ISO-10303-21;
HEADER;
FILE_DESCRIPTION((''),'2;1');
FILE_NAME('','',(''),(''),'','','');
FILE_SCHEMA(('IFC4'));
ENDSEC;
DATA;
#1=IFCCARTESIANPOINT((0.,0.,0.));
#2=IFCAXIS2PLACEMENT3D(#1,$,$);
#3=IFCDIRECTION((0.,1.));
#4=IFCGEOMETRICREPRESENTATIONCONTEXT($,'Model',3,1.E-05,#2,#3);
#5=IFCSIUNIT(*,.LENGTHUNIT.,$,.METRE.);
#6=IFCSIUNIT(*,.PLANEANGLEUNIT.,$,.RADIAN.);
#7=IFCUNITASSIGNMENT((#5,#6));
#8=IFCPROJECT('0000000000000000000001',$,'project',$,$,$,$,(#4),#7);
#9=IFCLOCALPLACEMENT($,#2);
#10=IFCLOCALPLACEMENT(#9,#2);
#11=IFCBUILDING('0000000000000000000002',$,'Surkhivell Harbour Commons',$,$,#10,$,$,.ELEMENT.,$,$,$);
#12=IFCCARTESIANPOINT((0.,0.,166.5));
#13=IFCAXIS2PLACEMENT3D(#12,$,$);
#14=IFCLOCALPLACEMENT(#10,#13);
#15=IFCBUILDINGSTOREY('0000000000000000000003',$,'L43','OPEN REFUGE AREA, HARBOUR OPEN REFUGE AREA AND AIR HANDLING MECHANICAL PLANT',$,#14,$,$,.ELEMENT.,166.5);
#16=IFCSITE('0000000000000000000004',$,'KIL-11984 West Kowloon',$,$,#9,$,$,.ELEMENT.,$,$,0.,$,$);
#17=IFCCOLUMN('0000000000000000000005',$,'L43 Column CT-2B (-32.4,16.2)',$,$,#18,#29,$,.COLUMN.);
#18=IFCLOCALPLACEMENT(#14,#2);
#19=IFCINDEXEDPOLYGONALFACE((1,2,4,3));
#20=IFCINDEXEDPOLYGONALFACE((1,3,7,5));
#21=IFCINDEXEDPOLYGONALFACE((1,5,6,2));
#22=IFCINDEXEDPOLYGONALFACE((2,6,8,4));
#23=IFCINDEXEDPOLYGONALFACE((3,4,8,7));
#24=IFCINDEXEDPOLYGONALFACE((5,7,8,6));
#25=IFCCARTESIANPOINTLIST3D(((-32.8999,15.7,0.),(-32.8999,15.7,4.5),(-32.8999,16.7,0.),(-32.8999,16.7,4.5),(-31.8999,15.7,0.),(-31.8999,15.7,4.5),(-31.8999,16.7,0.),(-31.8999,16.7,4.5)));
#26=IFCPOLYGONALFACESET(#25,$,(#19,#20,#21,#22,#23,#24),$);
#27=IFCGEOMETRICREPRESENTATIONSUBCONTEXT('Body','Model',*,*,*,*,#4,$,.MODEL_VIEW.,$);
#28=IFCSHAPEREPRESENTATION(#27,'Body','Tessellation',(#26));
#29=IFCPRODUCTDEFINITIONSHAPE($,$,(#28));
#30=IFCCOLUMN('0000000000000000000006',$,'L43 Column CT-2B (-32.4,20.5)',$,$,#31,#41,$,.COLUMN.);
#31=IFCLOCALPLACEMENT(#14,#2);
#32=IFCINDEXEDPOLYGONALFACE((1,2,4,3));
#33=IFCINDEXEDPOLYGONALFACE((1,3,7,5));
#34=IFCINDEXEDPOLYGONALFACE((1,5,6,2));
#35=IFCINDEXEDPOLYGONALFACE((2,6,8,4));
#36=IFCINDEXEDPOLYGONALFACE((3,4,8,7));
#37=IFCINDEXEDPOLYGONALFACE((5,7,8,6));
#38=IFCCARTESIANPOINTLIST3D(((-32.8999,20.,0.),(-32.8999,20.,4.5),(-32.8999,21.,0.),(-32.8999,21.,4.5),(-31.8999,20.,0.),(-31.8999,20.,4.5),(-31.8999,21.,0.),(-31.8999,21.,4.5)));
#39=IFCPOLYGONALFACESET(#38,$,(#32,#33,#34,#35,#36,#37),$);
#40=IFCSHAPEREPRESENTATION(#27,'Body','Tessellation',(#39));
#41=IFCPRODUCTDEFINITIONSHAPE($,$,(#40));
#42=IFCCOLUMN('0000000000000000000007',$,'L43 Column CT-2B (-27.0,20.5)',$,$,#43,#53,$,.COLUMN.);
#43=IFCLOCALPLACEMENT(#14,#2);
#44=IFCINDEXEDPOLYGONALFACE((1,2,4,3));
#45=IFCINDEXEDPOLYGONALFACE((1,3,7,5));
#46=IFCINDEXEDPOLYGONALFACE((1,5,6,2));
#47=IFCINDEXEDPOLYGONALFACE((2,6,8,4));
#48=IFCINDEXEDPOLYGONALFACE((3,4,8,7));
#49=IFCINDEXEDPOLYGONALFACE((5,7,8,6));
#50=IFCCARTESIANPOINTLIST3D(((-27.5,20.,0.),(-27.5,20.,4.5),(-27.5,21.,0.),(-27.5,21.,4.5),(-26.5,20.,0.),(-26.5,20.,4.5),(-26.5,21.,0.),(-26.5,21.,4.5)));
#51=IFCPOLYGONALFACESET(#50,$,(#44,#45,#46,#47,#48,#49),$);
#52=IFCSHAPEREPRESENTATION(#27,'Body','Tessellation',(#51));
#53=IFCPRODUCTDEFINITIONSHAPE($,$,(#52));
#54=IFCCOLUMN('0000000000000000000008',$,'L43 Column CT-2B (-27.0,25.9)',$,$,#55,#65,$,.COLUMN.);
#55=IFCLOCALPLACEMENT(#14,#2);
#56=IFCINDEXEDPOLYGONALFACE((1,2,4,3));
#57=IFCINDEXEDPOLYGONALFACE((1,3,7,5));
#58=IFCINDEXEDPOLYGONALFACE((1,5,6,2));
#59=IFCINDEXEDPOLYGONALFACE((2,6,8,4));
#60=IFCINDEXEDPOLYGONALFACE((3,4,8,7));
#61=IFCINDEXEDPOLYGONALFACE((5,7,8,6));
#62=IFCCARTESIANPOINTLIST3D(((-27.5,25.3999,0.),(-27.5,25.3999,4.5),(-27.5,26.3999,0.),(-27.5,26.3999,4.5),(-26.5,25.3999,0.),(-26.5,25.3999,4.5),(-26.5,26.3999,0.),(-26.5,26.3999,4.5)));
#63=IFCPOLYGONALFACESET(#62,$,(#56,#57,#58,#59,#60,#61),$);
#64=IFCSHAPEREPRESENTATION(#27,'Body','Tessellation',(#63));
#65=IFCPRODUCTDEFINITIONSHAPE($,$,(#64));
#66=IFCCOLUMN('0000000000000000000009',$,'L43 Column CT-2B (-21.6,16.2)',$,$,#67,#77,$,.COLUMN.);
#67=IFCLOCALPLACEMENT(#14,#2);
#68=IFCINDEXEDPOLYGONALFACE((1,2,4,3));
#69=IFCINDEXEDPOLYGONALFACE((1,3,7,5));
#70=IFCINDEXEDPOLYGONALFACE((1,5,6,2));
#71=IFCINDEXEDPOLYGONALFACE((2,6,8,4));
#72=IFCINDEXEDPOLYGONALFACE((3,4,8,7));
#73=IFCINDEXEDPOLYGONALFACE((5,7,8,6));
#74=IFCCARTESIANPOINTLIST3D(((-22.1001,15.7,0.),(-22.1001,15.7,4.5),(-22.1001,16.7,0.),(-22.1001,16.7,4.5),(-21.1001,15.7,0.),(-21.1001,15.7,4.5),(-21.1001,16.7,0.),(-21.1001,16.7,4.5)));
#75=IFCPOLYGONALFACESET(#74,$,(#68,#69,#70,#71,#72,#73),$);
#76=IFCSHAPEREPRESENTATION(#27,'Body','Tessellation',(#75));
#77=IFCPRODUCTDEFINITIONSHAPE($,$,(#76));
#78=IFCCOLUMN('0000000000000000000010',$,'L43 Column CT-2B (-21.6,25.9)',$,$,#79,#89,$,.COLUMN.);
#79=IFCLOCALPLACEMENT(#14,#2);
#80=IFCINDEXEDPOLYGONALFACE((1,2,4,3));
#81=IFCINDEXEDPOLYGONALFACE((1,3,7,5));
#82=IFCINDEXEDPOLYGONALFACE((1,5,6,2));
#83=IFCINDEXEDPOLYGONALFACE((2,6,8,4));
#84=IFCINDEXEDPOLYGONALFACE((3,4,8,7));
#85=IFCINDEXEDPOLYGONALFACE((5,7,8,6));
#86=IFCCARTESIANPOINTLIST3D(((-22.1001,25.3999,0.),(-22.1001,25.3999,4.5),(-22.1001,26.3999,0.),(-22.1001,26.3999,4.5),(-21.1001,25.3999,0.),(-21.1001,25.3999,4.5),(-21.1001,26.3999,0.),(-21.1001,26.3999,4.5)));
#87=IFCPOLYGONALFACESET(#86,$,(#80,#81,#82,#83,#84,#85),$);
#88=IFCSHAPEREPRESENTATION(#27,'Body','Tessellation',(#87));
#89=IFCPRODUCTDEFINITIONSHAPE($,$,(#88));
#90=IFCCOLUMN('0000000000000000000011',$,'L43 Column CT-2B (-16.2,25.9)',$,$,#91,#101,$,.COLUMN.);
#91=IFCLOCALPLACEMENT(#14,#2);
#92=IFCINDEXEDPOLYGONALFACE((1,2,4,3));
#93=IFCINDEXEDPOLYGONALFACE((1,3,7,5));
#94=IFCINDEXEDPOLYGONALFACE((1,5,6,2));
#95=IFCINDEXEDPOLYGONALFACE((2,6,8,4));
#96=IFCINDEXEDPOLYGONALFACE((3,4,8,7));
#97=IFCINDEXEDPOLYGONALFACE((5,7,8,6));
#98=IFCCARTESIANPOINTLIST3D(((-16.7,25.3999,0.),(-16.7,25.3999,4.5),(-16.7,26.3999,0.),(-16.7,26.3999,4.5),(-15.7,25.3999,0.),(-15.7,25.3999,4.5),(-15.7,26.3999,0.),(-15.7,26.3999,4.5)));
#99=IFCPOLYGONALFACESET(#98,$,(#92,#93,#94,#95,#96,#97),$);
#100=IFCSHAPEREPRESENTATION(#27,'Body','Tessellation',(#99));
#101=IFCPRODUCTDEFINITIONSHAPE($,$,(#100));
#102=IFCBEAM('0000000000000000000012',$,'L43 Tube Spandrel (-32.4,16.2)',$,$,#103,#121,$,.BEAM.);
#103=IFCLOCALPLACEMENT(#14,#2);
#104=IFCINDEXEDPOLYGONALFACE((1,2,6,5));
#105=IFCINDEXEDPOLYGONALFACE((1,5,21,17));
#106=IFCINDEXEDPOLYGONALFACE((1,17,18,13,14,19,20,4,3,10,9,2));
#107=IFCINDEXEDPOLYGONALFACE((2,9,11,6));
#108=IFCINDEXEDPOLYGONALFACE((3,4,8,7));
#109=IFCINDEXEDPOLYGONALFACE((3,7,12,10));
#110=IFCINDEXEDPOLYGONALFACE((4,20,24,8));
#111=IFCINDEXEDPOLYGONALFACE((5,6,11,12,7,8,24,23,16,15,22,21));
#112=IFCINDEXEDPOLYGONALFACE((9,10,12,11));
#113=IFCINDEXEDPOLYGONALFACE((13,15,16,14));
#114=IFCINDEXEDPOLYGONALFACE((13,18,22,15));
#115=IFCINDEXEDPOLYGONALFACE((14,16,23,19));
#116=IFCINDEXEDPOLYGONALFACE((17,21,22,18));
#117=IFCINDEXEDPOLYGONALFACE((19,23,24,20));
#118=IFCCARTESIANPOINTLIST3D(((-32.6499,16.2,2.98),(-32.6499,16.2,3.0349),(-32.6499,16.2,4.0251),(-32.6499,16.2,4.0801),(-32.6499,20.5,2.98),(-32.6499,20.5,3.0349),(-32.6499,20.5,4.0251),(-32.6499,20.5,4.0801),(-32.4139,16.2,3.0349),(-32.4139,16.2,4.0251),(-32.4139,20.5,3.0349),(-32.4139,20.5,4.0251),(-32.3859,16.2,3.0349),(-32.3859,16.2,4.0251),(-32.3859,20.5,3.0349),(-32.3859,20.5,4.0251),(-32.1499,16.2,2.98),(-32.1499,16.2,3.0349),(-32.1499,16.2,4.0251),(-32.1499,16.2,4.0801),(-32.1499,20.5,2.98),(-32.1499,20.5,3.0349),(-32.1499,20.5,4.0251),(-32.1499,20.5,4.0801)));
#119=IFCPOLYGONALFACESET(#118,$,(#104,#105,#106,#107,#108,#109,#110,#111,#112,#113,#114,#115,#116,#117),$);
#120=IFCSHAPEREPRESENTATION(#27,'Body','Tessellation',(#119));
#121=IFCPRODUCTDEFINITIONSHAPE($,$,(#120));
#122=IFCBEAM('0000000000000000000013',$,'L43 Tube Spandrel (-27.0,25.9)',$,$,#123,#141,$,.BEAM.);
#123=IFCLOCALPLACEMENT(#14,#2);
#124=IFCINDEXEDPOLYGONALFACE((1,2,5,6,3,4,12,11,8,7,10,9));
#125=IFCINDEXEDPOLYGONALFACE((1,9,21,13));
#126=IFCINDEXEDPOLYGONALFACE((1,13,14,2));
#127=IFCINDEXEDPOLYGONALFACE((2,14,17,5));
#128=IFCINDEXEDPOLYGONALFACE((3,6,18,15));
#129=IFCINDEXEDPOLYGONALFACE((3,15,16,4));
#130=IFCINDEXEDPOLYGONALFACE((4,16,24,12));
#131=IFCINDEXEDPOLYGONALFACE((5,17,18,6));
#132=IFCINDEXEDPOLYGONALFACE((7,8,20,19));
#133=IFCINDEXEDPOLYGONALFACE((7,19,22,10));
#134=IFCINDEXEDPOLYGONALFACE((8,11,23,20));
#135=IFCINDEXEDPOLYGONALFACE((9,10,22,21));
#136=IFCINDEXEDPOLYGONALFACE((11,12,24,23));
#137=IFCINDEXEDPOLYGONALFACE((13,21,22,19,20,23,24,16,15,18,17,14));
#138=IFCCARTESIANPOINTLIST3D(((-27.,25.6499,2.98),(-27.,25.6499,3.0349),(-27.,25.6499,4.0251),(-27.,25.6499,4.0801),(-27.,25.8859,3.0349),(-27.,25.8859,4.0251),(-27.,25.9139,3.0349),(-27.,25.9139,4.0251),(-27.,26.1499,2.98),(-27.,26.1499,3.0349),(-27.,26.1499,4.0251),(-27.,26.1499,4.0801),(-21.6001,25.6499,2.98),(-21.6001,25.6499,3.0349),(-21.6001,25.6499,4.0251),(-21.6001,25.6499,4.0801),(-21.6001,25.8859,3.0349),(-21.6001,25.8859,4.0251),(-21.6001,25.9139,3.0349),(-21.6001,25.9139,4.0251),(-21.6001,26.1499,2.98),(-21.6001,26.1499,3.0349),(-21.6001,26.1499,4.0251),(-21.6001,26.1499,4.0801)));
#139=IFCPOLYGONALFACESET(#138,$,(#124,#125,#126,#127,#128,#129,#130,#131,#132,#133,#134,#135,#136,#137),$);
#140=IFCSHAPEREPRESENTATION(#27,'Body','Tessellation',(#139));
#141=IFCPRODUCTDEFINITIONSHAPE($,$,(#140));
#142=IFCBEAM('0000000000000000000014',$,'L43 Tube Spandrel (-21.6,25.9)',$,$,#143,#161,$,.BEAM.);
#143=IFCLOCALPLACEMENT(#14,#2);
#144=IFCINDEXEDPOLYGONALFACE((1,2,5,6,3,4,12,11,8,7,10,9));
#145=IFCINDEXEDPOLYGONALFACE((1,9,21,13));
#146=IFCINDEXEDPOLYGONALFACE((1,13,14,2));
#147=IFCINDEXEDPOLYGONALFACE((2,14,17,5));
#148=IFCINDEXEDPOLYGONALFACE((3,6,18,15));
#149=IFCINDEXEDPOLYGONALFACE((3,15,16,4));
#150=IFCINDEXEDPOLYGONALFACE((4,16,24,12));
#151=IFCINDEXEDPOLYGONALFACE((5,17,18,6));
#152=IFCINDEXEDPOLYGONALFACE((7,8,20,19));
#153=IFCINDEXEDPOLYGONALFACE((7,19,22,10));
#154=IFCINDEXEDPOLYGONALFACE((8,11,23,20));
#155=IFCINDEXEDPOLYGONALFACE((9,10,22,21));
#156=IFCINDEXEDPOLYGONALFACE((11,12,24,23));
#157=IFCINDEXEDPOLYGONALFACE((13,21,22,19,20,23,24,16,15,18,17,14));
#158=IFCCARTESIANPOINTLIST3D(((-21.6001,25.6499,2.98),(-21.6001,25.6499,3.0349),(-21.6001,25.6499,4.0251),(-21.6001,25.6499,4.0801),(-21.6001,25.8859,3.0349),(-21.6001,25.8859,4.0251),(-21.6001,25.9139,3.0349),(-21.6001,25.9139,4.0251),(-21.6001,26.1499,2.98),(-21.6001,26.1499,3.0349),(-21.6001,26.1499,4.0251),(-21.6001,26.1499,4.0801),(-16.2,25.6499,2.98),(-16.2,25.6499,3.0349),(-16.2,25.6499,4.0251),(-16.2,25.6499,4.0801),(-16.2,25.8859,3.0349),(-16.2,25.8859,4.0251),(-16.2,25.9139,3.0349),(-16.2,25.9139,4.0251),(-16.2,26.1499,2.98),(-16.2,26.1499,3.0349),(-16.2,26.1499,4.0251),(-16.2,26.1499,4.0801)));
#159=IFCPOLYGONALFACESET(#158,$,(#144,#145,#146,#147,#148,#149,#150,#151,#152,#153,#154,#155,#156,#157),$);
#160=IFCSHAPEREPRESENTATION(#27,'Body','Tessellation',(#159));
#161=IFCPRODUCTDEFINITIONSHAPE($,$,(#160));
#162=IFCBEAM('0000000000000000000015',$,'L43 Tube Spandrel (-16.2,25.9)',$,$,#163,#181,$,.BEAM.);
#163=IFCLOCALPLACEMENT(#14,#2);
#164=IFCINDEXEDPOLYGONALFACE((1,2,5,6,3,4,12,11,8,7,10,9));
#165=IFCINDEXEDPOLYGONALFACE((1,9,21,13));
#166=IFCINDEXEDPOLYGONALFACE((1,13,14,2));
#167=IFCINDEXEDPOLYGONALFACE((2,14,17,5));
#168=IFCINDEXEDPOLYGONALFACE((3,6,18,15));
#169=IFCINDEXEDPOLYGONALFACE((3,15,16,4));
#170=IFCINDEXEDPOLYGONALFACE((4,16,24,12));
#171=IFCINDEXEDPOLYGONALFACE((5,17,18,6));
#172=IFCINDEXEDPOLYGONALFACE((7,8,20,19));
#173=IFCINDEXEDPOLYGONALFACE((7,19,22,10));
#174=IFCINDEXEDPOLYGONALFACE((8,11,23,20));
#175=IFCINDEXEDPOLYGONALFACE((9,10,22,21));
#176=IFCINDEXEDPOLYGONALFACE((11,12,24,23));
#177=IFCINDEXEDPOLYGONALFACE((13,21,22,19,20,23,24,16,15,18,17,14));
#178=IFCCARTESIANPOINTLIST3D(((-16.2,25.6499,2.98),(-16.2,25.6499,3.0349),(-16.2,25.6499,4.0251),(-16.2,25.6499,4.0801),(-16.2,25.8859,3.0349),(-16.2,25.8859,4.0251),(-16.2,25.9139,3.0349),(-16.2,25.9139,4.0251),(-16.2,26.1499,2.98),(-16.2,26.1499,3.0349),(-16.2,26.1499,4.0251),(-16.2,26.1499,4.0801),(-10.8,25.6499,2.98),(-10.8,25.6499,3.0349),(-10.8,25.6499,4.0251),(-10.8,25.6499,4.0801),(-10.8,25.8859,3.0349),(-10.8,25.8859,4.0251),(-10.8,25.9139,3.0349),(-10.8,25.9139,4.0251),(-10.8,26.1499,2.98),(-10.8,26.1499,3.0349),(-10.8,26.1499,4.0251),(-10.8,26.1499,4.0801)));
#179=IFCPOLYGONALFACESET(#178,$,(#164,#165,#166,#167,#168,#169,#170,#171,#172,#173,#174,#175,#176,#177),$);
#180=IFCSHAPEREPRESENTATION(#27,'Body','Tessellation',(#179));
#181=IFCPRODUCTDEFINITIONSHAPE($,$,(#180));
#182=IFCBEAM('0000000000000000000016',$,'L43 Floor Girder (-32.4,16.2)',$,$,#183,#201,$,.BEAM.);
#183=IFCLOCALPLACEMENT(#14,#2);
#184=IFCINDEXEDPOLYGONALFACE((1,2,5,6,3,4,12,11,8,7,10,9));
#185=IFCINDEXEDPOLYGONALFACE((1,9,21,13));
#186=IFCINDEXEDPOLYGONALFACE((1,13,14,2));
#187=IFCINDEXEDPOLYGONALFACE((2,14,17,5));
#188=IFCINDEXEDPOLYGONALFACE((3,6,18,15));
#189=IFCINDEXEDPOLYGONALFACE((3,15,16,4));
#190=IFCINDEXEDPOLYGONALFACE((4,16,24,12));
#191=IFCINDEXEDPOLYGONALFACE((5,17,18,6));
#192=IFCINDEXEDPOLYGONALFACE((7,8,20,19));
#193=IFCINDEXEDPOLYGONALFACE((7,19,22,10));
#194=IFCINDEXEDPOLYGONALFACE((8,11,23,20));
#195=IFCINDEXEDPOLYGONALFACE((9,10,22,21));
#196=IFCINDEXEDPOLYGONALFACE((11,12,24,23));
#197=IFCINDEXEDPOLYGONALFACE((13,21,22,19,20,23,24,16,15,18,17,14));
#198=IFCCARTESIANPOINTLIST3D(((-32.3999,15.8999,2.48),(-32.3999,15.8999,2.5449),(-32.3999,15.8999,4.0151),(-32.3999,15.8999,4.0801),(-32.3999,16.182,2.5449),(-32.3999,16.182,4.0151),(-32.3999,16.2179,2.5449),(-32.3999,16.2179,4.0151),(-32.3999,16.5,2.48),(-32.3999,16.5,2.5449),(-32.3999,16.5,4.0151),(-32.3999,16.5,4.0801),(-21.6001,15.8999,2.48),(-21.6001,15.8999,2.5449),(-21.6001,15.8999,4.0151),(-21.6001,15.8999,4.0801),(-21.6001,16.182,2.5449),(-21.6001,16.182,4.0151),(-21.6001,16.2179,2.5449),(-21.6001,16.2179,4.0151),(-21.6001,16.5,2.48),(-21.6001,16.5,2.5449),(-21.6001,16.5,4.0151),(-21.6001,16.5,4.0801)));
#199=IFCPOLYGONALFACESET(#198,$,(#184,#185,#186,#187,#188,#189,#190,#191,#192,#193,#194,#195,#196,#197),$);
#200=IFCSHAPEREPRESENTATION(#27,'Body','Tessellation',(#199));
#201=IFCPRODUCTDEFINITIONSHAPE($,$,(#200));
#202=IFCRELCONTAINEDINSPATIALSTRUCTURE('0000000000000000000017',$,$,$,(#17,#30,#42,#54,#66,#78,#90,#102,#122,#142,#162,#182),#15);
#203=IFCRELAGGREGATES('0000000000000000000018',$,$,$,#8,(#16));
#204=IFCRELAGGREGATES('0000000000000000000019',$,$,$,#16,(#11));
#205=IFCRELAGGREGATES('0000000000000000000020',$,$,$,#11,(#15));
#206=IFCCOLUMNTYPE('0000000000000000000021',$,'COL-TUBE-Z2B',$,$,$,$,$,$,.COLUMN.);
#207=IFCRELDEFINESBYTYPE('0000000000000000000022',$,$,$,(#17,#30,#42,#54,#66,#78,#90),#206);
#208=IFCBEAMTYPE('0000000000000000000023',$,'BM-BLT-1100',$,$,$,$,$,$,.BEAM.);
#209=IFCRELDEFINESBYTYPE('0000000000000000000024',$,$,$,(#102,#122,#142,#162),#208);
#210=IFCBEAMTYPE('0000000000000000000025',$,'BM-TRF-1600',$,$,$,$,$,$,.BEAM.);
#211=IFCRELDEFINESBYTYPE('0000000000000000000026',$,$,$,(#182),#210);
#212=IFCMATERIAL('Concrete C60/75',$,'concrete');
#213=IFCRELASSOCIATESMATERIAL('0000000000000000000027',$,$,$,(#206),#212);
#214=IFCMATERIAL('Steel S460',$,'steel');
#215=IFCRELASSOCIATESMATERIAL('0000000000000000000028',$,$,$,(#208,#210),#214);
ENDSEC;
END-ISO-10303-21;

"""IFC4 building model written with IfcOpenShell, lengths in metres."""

from ifc_helpers import new_model, si_unit, direction, frame, origin, origin_2d, place, context, subcontext, project, spatial, rectangle, i_section, extrude, material, material_profile, profile_set, type_object, element, save


model = new_model("IFC4")

# Units and contexts
model_context = context("Model", 3, precision=1e-05, world=origin(), true_north=direction((0.0, 1.0)))
body_context = subcontext(model_context, "Body", "Model", "MODEL_VIEW")
ifc_project = project(units=[si_unit("LENGTHUNIT", "METRE"), si_unit("PLANEANGLEUNIT", "RADIAN")], contexts=[model_context])

# Site, building, storey
site_placement = place(None, origin())
site = spatial("IfcSite", under=ifc_project, at=site_placement, Name="KIL-11984 West Kowloon", CompositionType="ELEMENT", RefElevation=0.0)
building_placement = place(site_placement, origin())
building = spatial("IfcBuilding", under=site, at=building_placement, Name="Surkhivell Harbour Commons", CompositionType="ELEMENT")
storey_placement = place(building_placement, frame((0.0, 0.0, 166.5)))
storey = spatial("IfcBuildingStorey", under=building, at=storey_placement, Name="L43", Description="OPEN REFUGE AREA, HARBOUR OPEN REFUGE AREA AND AIR HANDLING MECHANICAL PLANT", CompositionType="ELEMENT", Elevation=166.5)

# Columns
ifc_material_1 = material(Name="Concrete C60/75", Category="concrete")
ifc_material_profile_1 = material_profile(ifc_material_1, rectangle(XDim=1.0, YDim=1.0, at=origin_2d()), Name="RC-COL-1000x1000")
ifc_profile_set_1 = profile_set([ifc_material_profile_1], Name="Concrete C60/75")
column_type = type_object("IfcColumnType", Name="COL-TUBE-Z2B", PredefinedType="COLUMN", material=ifc_profile_set_1)
for number, where, z_axis, x_axis, name in (
    (1, (-32.3999, 16.2, 0.0), (0.0, 0.0, 1.0), (1.0, 0.0, 0.0), "L43 Column CT-2B (-32.4,16.2)"),
    (2, (-32.3999, 20.5, 0.0), (0.0, 0.0, 1.0), (1.0, 0.0, 0.0), "L43 Column CT-2B (-32.4,20.5)"),
    (3, (-27.0, 20.5, 0.0), (0.0, 0.0, 1.0), (1.0, 0.0, 0.0), "L43 Column CT-2B (-27.0,20.5)"),
    (4, (-27.0, 25.8999, 0.0), (0.0, 0.0, 1.0), (1.0, 0.0, 0.0), "L43 Column CT-2B (-27.0,25.9)"),
    (5, (-21.6001, 16.2, 0.0), (0.0, 0.0, 1.0), (1.0, 0.0, 0.0), "L43 Column CT-2B (-21.6,16.2)"),
    (6, (-21.6001, 25.8999, 0.0), (0.0, 0.0, 1.0), (1.0, 0.0, 0.0), "L43 Column CT-2B (-21.6,25.9)"),
    (7, (-16.2, 25.8999, 0.0), (0.0, 0.0, 1.0), (1.0, 0.0, 0.0), "L43 Column CT-2B (-16.2,25.9)"),
):
    element("IfcColumn", number, at=place(storey_placement, frame(where, z_axis=z_axis, x_axis=x_axis)), inside=storey, type_object=column_type, Name=name, PredefinedType="COLUMN", context=body_context, shape_type="SweptSolid", body=[
        extrude(rectangle(XDim=1.0, YDim=1.0, at=origin_2d()), origin(), (0.0, 0.0, 1.0), 4.5),
    ])

# Beams
ifc_material_2 = material(Name="Steel S460", Category="steel")
ifc_material_profile_2 = material_profile(ifc_material_2, i_section(OverallWidth=0.5, OverallDepth=1.1001, WebThickness=0.0281, FlangeThickness=0.0549, at=origin_2d()), Name="WPG1100x500x210")
ifc_profile_set_2 = profile_set([ifc_material_profile_2], Name="Steel S460")
beam_type_1 = type_object("IfcBeamType", Name="BM-BLT-1100", PredefinedType="BEAM", material=ifc_profile_set_2)
beam_1_placement = place(storey_placement, frame((-32.3999, 16.2, 3.53), z_axis=(0.0, 1.0, 0.0), x_axis=(-1.0, 0.0, 0.0)))
element("IfcBeam", 8, at=beam_1_placement, inside=storey, type_object=beam_type_1, Name="L43 Tube Spandrel (-32.4,16.2)", PredefinedType="BEAM", context=body_context, shape_type="SweptSolid", body=[
    extrude(i_section(OverallWidth=0.5, OverallDepth=1.1001, WebThickness=0.0281, FlangeThickness=0.0549, at=origin_2d()), origin(), (0.0, 0.0, 1.0), 4.3),
])
beam_2_placement = place(storey_placement, frame((-27.0, 25.8999, 3.53), z_axis=(1.0, 0.0, 0.0), x_axis=(0.0, 1.0, 0.0)))
element("IfcBeam", 9, at=beam_2_placement, inside=storey, type_object=beam_type_1, Name="L43 Tube Spandrel (-27.0,25.9)", PredefinedType="BEAM", context=body_context, shape_type="SweptSolid", body=[
    extrude(i_section(OverallWidth=0.5, OverallDepth=1.1001, WebThickness=0.0281, FlangeThickness=0.0549, at=origin_2d()), origin(), (0.0, 0.0, 1.0), 5.3999),
])
beam_3_placement = place(storey_placement, frame((-21.6001, 25.8999, 3.53), z_axis=(1.0, 0.0, 0.0), x_axis=(0.0, 1.0, 0.0)))
element("IfcBeam", 10, at=beam_3_placement, inside=storey, type_object=beam_type_1, Name="L43 Tube Spandrel (-21.6,25.9)", PredefinedType="BEAM", context=body_context, shape_type="SweptSolid", body=[
    extrude(i_section(OverallWidth=0.5, OverallDepth=1.1001, WebThickness=0.0281, FlangeThickness=0.0549, at=origin_2d()), origin(), (0.0, 0.0, 1.0), 5.4001),
])
beam_4_placement = place(storey_placement, frame((-16.2, 25.8999, 3.53), z_axis=(1.0, 0.0, 0.0), x_axis=(0.0, 1.0, 0.0)))
element("IfcBeam", 11, at=beam_4_placement, inside=storey, type_object=beam_type_1, Name="L43 Tube Spandrel (-16.2,25.9)", PredefinedType="BEAM", context=body_context, shape_type="SweptSolid", body=[
    extrude(i_section(OverallWidth=0.5, OverallDepth=1.1001, WebThickness=0.0281, FlangeThickness=0.0549, at=origin_2d()), origin(), (0.0, 0.0, 1.0), 5.3999),
])
ifc_material_profile_3 = material_profile(ifc_material_2, i_section(OverallWidth=0.6001, OverallDepth=1.6001, WebThickness=0.0359, FlangeThickness=0.0649, at=origin_2d()), Name="WPG1600x600x296")
ifc_profile_set_3 = profile_set([ifc_material_profile_3], Name="Steel S460")
beam_type_2 = type_object("IfcBeamType", Name="BM-TRF-1600", PredefinedType="BEAM", material=ifc_profile_set_3)
beam_5_placement = place(storey_placement, frame((-32.3999, 16.2, 3.28), z_axis=(1.0, 0.0, 0.0), x_axis=(0.0, 1.0, 0.0)))
element("IfcBeam", 12, at=beam_5_placement, inside=storey, type_object=beam_type_2, Name="L43 Floor Girder (-32.4,16.2)", PredefinedType="BEAM", context=body_context, shape_type="SweptSolid", body=[
    extrude(i_section(OverallWidth=0.6001, OverallDepth=1.6001, WebThickness=0.0359, FlangeThickness=0.0649, at=origin_2d()), origin(), (0.0, 0.0, 1.0), 10.7998),
])

save(model, "model.ifc")
